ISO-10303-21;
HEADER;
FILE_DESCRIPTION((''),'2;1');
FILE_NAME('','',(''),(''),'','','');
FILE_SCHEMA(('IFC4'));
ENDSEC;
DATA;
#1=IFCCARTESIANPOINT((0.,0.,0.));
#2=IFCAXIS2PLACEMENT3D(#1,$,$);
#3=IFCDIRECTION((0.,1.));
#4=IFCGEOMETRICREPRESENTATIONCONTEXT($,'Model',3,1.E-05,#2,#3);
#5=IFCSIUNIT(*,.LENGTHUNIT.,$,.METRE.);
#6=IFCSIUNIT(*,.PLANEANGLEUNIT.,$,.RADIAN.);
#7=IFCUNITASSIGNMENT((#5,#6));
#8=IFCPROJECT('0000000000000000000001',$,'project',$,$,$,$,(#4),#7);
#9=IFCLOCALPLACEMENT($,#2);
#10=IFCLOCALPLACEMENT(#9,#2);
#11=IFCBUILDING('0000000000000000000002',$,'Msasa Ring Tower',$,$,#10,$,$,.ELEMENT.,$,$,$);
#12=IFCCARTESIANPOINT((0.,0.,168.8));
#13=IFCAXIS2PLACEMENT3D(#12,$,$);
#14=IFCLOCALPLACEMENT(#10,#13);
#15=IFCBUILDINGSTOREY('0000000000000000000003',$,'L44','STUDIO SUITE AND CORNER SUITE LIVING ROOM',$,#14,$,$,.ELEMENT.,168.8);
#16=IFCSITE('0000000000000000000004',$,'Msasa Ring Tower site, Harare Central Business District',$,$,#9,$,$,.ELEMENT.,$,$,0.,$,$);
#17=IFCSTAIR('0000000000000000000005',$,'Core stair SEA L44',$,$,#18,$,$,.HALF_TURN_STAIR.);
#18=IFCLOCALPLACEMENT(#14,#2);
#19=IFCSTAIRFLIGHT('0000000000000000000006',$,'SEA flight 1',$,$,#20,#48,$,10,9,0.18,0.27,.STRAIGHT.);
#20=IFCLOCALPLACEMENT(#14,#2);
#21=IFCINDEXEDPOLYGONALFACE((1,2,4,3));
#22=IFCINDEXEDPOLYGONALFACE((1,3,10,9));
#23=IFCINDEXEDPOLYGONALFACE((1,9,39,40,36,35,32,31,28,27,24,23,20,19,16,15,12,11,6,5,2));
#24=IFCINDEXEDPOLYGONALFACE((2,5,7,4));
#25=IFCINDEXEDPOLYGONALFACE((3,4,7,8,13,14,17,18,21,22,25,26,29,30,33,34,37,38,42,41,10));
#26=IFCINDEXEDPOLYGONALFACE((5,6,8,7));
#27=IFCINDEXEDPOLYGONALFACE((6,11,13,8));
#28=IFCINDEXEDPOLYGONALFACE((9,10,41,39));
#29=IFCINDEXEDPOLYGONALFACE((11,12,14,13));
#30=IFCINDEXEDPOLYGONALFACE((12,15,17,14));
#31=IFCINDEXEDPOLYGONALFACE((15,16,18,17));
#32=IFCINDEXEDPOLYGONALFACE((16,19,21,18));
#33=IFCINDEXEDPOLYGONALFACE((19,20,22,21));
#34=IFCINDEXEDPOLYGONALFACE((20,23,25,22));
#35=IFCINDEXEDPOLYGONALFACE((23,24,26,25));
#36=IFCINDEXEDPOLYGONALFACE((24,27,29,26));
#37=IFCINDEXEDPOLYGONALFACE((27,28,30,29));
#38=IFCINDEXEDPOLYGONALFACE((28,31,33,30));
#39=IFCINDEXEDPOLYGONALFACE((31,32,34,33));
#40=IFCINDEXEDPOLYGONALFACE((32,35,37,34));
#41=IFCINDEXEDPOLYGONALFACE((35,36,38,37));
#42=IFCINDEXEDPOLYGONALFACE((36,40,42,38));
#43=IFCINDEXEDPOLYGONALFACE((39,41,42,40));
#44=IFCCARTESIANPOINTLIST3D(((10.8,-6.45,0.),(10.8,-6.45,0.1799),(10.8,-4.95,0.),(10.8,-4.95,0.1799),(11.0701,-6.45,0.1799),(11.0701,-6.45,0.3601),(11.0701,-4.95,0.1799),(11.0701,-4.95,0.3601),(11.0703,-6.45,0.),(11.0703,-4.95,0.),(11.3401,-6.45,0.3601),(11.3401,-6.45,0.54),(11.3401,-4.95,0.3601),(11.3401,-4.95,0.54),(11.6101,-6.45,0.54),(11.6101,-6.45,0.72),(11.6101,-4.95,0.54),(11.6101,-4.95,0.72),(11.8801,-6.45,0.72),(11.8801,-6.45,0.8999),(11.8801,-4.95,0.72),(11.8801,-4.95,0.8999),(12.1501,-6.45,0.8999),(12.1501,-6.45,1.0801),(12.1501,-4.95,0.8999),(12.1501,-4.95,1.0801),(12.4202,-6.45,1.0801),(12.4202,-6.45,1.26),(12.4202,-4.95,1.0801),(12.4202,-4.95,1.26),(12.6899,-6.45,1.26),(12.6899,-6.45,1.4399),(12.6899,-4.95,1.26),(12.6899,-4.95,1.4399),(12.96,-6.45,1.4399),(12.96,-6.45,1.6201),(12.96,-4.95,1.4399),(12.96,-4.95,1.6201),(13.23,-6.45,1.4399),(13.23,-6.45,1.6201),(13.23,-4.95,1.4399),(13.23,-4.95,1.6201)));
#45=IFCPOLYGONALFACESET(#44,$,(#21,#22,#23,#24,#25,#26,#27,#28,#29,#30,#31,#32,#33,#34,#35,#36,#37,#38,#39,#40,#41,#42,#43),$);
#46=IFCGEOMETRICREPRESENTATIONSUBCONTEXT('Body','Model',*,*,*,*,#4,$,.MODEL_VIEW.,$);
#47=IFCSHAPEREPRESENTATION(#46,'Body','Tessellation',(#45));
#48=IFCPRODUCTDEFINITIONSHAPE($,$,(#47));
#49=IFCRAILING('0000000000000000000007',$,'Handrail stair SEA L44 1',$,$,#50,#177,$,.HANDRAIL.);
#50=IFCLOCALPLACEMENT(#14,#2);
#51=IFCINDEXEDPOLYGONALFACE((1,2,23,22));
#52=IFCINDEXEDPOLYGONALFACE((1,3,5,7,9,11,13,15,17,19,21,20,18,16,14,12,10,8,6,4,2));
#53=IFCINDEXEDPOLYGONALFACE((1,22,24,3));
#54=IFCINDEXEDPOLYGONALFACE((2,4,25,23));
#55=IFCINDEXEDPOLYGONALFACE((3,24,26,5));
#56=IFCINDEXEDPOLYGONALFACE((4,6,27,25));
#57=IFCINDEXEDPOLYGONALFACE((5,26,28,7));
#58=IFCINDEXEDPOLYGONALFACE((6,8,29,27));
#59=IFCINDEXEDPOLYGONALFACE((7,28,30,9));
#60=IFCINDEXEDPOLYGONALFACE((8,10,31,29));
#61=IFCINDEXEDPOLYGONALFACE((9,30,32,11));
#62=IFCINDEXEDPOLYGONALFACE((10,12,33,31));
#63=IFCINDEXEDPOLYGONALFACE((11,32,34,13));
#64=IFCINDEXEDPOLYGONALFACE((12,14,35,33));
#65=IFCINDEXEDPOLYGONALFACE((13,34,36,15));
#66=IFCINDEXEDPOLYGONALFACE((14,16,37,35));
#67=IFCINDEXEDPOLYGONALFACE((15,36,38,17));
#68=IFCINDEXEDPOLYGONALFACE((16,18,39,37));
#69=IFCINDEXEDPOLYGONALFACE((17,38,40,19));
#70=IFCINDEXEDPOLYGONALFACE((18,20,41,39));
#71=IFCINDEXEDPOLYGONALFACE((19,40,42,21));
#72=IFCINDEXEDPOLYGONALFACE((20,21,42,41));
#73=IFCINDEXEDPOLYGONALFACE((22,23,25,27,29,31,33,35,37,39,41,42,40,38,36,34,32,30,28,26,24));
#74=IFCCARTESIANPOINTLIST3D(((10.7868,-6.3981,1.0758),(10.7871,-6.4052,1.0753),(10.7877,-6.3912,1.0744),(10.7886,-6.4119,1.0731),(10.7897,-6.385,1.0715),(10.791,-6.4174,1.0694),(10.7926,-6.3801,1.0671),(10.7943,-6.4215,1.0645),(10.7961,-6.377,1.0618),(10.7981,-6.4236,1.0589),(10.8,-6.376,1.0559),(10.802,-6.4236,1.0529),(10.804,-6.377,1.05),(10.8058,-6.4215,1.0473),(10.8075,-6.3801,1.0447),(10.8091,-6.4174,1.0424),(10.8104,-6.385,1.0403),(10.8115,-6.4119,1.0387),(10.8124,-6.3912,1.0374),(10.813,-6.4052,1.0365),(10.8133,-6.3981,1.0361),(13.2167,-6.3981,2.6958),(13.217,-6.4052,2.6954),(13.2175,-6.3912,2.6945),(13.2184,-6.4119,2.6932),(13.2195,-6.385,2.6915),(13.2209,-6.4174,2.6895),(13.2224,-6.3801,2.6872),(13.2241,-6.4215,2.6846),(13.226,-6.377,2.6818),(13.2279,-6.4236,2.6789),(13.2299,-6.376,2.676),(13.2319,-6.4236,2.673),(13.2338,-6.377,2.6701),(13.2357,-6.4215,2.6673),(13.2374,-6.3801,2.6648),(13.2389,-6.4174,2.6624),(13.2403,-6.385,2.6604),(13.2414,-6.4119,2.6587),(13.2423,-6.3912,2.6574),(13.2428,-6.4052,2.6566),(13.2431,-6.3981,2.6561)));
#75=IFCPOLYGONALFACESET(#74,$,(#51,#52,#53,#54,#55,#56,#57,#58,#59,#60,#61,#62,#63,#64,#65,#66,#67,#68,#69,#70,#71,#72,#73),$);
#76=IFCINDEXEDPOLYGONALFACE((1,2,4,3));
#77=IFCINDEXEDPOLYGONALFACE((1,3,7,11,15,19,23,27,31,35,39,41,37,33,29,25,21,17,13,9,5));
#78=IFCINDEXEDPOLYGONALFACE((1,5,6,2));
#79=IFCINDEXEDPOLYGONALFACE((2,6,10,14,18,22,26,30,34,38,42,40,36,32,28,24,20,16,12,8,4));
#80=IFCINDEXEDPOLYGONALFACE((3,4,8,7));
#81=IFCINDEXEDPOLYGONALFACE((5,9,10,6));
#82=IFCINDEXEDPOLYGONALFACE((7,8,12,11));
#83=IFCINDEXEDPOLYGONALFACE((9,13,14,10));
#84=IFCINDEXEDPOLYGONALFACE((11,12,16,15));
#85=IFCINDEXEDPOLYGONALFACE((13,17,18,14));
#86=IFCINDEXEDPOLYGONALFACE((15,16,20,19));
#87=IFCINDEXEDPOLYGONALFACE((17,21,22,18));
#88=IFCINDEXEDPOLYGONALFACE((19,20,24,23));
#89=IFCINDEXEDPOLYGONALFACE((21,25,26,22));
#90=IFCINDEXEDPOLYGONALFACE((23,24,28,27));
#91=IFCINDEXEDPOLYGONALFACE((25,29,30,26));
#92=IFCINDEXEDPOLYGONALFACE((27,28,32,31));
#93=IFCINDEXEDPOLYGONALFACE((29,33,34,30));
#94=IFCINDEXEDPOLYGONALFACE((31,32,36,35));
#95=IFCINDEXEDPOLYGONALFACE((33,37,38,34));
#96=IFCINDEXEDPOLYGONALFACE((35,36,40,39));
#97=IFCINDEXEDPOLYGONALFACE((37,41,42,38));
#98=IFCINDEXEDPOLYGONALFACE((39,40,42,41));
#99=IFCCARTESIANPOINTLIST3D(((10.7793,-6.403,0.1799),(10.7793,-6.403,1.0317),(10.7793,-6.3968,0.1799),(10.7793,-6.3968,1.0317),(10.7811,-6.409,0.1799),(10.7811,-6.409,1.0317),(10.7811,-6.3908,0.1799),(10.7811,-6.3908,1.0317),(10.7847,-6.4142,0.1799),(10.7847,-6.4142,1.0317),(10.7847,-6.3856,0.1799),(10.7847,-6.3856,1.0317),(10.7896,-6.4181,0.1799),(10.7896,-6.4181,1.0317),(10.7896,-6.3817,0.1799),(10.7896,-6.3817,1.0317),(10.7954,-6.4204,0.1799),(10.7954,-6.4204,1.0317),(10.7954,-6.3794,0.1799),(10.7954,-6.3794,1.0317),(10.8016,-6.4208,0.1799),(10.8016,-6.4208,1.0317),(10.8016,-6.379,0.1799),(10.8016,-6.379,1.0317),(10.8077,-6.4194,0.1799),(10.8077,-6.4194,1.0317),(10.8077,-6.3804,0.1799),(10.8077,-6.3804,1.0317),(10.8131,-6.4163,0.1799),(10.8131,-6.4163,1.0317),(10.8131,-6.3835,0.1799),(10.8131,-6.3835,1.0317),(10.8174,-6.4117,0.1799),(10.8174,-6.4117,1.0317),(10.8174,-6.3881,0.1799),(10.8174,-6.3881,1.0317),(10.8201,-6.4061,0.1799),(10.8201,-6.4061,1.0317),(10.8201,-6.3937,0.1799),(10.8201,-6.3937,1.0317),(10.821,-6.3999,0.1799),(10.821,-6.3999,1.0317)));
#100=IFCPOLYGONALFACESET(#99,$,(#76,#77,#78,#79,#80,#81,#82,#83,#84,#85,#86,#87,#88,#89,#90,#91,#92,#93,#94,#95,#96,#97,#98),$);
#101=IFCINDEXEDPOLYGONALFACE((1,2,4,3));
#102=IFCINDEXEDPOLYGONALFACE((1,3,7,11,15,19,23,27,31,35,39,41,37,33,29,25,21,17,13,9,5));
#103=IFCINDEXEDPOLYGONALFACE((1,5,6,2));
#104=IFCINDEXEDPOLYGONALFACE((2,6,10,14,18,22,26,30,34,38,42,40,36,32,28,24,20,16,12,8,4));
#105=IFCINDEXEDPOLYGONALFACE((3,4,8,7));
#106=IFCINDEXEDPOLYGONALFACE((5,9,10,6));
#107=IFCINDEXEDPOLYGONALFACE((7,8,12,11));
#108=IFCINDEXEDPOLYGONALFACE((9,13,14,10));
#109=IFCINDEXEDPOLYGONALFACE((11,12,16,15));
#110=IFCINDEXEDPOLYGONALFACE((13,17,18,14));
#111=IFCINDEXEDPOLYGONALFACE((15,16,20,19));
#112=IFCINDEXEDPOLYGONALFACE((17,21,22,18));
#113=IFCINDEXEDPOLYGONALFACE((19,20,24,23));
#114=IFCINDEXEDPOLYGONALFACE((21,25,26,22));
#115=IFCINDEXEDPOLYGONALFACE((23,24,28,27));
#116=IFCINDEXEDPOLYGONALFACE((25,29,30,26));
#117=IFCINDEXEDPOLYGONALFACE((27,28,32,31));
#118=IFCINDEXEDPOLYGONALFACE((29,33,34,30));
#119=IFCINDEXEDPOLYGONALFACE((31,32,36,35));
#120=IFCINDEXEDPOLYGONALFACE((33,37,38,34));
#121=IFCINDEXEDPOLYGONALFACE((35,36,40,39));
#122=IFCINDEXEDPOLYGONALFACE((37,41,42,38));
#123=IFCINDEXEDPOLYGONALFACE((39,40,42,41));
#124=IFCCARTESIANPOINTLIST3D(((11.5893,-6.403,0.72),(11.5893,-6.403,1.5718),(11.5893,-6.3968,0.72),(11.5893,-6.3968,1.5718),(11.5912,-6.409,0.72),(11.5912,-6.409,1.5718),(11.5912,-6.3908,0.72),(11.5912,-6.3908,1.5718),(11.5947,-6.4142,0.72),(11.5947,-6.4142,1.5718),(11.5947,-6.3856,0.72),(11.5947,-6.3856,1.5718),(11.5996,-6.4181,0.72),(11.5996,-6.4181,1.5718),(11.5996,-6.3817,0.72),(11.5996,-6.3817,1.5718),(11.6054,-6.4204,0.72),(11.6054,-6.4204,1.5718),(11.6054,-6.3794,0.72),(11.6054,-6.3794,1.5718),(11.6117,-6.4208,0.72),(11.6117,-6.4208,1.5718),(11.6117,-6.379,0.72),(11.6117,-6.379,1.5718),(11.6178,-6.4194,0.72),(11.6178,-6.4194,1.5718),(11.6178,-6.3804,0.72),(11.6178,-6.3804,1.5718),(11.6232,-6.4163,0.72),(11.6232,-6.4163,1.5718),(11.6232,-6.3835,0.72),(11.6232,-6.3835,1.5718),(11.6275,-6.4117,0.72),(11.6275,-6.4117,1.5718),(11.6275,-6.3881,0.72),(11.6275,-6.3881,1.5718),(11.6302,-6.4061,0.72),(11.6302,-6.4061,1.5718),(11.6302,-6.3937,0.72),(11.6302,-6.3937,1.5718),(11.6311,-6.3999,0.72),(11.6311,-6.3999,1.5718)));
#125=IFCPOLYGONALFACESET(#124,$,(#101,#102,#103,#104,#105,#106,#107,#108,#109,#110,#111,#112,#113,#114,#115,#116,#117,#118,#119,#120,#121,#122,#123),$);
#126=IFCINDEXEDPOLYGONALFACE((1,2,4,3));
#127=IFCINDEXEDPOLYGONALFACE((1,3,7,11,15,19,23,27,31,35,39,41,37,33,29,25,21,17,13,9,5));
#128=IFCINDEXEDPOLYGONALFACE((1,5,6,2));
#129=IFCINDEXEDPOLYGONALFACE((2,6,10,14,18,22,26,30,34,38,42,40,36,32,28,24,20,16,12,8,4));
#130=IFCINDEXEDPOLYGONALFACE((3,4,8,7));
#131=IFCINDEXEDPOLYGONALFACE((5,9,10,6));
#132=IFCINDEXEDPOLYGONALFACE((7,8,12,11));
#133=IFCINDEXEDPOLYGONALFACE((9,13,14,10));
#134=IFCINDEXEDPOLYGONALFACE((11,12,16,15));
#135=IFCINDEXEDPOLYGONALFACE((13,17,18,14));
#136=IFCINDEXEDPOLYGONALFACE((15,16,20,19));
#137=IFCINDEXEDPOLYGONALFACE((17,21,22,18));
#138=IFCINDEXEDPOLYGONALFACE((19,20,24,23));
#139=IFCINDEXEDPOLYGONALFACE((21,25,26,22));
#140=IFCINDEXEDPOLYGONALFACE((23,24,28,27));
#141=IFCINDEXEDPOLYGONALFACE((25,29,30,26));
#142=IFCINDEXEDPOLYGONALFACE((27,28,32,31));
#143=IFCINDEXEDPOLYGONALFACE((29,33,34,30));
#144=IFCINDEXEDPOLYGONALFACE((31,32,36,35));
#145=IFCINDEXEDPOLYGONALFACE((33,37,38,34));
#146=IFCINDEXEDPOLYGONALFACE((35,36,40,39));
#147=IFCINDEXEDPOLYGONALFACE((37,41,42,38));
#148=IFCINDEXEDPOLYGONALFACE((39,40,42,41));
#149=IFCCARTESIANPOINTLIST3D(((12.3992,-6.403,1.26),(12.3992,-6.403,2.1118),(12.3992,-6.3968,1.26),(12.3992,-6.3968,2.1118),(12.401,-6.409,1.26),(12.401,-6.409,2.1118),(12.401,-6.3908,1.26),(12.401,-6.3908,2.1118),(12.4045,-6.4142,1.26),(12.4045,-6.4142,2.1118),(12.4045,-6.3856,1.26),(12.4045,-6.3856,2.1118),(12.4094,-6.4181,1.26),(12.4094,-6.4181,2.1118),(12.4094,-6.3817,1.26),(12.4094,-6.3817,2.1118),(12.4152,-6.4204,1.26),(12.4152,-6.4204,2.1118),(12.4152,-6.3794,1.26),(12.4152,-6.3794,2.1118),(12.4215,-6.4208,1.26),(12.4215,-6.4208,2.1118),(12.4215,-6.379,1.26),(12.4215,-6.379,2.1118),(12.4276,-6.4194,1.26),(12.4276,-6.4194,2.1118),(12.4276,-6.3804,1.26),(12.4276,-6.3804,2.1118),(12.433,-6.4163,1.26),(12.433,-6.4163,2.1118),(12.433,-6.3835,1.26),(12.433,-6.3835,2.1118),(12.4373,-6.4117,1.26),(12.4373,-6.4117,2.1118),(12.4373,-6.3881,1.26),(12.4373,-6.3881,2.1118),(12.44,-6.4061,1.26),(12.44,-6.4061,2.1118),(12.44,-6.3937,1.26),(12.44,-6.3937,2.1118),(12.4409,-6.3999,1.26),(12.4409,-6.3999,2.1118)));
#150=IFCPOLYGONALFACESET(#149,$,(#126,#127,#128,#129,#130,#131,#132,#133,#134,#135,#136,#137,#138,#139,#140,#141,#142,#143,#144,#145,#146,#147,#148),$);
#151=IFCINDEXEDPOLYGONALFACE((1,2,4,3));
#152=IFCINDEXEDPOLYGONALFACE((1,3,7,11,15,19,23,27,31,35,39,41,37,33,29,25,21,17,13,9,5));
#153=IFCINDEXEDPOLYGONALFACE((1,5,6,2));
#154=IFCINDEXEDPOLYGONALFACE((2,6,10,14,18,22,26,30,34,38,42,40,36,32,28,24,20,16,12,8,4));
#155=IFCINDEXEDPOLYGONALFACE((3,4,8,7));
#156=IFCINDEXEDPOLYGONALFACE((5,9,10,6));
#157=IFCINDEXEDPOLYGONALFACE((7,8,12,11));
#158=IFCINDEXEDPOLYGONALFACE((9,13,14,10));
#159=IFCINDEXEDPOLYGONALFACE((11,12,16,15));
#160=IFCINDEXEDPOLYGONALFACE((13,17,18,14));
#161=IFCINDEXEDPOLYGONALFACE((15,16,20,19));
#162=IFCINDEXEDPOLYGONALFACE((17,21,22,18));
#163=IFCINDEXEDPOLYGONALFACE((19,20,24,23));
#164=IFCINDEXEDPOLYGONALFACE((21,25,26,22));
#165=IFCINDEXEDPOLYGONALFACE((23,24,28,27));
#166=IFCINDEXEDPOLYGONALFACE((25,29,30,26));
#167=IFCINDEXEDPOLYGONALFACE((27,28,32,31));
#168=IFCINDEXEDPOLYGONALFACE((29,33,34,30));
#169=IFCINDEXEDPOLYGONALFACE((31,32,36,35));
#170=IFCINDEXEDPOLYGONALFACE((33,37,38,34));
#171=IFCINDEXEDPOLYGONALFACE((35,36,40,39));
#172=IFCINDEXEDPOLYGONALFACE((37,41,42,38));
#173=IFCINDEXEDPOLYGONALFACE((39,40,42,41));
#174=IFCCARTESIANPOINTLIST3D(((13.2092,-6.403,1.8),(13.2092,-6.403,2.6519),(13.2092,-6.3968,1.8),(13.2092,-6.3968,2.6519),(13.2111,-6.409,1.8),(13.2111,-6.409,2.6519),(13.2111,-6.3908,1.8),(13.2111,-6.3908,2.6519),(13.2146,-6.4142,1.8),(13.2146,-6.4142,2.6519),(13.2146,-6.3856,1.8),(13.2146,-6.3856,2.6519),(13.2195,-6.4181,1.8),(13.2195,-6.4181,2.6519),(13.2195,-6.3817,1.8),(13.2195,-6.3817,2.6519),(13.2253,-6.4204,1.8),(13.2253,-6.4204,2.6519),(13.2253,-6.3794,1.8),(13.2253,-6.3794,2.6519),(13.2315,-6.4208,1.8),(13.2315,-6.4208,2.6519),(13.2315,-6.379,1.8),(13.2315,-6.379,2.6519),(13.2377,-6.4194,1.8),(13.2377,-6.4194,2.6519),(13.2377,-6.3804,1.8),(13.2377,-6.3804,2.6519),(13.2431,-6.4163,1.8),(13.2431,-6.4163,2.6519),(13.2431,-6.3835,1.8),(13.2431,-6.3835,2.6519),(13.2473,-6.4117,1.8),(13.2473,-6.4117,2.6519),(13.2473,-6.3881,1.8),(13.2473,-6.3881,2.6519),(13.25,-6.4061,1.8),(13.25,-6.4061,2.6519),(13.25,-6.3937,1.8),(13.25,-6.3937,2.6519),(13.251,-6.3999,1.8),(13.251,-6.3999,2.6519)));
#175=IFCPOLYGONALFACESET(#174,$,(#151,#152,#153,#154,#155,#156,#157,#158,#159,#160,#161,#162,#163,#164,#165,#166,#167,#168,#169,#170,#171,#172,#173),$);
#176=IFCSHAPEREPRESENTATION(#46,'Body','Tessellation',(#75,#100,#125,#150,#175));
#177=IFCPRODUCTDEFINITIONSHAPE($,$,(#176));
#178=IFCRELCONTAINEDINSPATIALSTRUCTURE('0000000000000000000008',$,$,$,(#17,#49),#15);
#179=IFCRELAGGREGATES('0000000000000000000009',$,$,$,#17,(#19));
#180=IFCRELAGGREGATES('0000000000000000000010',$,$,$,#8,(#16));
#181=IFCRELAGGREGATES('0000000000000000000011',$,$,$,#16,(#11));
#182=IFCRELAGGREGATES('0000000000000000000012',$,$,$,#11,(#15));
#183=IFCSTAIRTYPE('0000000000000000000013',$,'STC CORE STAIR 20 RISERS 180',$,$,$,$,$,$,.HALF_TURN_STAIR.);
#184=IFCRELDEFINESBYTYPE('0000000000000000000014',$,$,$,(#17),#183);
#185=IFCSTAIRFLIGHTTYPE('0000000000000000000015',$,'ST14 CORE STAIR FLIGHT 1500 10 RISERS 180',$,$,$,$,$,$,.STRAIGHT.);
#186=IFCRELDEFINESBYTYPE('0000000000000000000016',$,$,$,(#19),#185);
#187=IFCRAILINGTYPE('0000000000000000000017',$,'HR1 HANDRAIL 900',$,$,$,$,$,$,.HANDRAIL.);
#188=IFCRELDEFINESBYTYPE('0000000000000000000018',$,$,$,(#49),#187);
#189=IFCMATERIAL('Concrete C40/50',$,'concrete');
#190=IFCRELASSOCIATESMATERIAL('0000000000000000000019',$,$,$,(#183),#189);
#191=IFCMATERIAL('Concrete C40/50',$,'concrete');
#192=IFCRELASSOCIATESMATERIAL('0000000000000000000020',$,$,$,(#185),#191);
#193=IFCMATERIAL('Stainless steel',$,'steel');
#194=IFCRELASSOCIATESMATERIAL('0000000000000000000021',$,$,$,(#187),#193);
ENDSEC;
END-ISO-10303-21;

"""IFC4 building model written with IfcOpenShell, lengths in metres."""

from ifc_helpers import new_model, si_unit, direction, frame, origin, origin_2d, place, context, subcontext, project, spatial, polyline, circle, outline, extrude, material, type_object, element, aggregate, save


model = new_model("IFC4")

# Units and contexts
model_context = context("Model", 3, precision=1e-05, world=origin(), true_north=direction((0.0, 1.0)))
body_context = subcontext(model_context, "Body", "Model", "MODEL_VIEW")
ifc_project = project(units=[si_unit("LENGTHUNIT", "METRE"), si_unit("PLANEANGLEUNIT", "RADIAN")], contexts=[model_context])

# Site, building, storey
site_placement = place(None, origin())
site = spatial("IfcSite", under=ifc_project, at=site_placement, Name="Msasa Ring Tower site, Harare Central Business District", CompositionType="ELEMENT", RefElevation=0.0)
building_placement = place(site_placement, origin())
building = spatial("IfcBuilding", under=site, at=building_placement, Name="Msasa Ring Tower", CompositionType="ELEMENT")
storey_placement = place(building_placement, frame((0.0, 0.0, 168.8)))
storey = spatial("IfcBuildingStorey", under=building, at=storey_placement, Name="L44", Description="STUDIO SUITE AND CORNER SUITE LIVING ROOM", CompositionType="ELEMENT", Elevation=168.8)

# Stair
ifc_material_1 = material(Name="Concrete C40/50", Category="concrete")
stair_type = type_object("IfcStairType", Name="STC CORE STAIR 20 RISERS 180", PredefinedType="HALF_TURN_STAIR", material=ifc_material_1)
stair_1_placement = place(storey_placement, origin())
stair_1 = element("IfcStair", 1, at=stair_1_placement, inside=storey, type_object=stair_type, Name="Core stair SEA L44", PredefinedType="HALF_TURN_STAIR")

# Stair flight
ifc_material_2 = material(Name="Concrete C40/50", Category="concrete")
stair_flight_type = type_object("IfcStairFlightType", Name="ST14 CORE STAIR FLIGHT 1500 10 RISERS 180", PredefinedType="STRAIGHT", material=ifc_material_2)
stair_flight_placement = place(storey_placement, frame((10.8, -5.7, 0.0), z_axis=(0.0, 0.0, 1.0), x_axis=(1.0, 0.0, 0.0)))
stair_flight = element("IfcStairFlight", 2, at=stair_flight_placement, type_object=stair_flight_type, Name="SEA flight 1", NumberOfRisers=10, NumberOfTreads=9, PredefinedType="STRAIGHT", RiserHeight=0.18, TreadLength=0.27, context=body_context, shape_type="SweptSolid", body=[
    extrude(outline(polyline([(0.0, 0.0), (0.0, 0.1799), (0.27, 0.1799), (0.27, 0.3601), (0.54, 0.3601), (0.54, 0.54), (0.8101, 0.54), (0.8101, 0.72), (1.0801, 0.72), (1.0801, 0.8999), (1.3501, 0.8999), (1.3501, 1.0801), (1.6201, 1.0801), (1.6201, 1.26), (1.8899, 1.26), (1.8899, 1.4399), (2.1599, 1.4399), (2.1599, 1.6201), (2.4299, 1.6201), (2.4299, 1.8), (2.4299, 1.4399), (0.2703, 0.0), (0.0, 0.0)])), frame((0.0, 0.75, 0.0), z_axis=(0.0, -1.0, 0.0), x_axis=(1.0, 0.0, 0.0)), (0.0, 0.0, 1.0), 1.5),
])
aggregate(stair_1, [stair_flight])

# Railing
ifc_material_3 = material(Name="Stainless steel", Category="steel")
railing_type = type_object("IfcRailingType", Name="HR1 HANDRAIL 900", PredefinedType="HANDRAIL", material=ifc_material_3)
for number, where, name in (
    (3, (10.8, -6.3999, 0.1799), "Handrail stair SEA L44 1"),
):
    element("IfcRailing", number, at=place(storey_placement, frame(where)), inside=storey, type_object=railing_type, Name=name, PredefinedType="HANDRAIL", context=body_context, shape_type="SweptSolid", body=[
        extrude(circle(Radius=0.0239, at=origin_2d()), frame((0.0, 0.0, 0.876), z_axis=(0.832025, 0.0, 0.554739), x_axis=(0.0, 1.0, 0.0)), (0.0, 0.0, 1.0), 2.9204),
        extrude(circle(Radius=0.021, at=origin_2d()), origin(), (0.0, 0.0, 1.0), 0.8518),
        extrude(circle(Radius=0.021, at=origin_2d()), frame((0.8101, 0.0, 0.54)), (0.0, 0.0, 1.0), 0.8518),
        extrude(circle(Radius=0.021, at=origin_2d()), frame((1.6199, 0.0, 1.0801)), (0.0, 0.0, 1.0), 0.8518),
        extrude(circle(Radius=0.021, at=origin_2d()), frame((2.4299, 0.0, 1.6201)), (0.0, 0.0, 1.0), 0.8518),
    ])

save(model, "model.ifc")
